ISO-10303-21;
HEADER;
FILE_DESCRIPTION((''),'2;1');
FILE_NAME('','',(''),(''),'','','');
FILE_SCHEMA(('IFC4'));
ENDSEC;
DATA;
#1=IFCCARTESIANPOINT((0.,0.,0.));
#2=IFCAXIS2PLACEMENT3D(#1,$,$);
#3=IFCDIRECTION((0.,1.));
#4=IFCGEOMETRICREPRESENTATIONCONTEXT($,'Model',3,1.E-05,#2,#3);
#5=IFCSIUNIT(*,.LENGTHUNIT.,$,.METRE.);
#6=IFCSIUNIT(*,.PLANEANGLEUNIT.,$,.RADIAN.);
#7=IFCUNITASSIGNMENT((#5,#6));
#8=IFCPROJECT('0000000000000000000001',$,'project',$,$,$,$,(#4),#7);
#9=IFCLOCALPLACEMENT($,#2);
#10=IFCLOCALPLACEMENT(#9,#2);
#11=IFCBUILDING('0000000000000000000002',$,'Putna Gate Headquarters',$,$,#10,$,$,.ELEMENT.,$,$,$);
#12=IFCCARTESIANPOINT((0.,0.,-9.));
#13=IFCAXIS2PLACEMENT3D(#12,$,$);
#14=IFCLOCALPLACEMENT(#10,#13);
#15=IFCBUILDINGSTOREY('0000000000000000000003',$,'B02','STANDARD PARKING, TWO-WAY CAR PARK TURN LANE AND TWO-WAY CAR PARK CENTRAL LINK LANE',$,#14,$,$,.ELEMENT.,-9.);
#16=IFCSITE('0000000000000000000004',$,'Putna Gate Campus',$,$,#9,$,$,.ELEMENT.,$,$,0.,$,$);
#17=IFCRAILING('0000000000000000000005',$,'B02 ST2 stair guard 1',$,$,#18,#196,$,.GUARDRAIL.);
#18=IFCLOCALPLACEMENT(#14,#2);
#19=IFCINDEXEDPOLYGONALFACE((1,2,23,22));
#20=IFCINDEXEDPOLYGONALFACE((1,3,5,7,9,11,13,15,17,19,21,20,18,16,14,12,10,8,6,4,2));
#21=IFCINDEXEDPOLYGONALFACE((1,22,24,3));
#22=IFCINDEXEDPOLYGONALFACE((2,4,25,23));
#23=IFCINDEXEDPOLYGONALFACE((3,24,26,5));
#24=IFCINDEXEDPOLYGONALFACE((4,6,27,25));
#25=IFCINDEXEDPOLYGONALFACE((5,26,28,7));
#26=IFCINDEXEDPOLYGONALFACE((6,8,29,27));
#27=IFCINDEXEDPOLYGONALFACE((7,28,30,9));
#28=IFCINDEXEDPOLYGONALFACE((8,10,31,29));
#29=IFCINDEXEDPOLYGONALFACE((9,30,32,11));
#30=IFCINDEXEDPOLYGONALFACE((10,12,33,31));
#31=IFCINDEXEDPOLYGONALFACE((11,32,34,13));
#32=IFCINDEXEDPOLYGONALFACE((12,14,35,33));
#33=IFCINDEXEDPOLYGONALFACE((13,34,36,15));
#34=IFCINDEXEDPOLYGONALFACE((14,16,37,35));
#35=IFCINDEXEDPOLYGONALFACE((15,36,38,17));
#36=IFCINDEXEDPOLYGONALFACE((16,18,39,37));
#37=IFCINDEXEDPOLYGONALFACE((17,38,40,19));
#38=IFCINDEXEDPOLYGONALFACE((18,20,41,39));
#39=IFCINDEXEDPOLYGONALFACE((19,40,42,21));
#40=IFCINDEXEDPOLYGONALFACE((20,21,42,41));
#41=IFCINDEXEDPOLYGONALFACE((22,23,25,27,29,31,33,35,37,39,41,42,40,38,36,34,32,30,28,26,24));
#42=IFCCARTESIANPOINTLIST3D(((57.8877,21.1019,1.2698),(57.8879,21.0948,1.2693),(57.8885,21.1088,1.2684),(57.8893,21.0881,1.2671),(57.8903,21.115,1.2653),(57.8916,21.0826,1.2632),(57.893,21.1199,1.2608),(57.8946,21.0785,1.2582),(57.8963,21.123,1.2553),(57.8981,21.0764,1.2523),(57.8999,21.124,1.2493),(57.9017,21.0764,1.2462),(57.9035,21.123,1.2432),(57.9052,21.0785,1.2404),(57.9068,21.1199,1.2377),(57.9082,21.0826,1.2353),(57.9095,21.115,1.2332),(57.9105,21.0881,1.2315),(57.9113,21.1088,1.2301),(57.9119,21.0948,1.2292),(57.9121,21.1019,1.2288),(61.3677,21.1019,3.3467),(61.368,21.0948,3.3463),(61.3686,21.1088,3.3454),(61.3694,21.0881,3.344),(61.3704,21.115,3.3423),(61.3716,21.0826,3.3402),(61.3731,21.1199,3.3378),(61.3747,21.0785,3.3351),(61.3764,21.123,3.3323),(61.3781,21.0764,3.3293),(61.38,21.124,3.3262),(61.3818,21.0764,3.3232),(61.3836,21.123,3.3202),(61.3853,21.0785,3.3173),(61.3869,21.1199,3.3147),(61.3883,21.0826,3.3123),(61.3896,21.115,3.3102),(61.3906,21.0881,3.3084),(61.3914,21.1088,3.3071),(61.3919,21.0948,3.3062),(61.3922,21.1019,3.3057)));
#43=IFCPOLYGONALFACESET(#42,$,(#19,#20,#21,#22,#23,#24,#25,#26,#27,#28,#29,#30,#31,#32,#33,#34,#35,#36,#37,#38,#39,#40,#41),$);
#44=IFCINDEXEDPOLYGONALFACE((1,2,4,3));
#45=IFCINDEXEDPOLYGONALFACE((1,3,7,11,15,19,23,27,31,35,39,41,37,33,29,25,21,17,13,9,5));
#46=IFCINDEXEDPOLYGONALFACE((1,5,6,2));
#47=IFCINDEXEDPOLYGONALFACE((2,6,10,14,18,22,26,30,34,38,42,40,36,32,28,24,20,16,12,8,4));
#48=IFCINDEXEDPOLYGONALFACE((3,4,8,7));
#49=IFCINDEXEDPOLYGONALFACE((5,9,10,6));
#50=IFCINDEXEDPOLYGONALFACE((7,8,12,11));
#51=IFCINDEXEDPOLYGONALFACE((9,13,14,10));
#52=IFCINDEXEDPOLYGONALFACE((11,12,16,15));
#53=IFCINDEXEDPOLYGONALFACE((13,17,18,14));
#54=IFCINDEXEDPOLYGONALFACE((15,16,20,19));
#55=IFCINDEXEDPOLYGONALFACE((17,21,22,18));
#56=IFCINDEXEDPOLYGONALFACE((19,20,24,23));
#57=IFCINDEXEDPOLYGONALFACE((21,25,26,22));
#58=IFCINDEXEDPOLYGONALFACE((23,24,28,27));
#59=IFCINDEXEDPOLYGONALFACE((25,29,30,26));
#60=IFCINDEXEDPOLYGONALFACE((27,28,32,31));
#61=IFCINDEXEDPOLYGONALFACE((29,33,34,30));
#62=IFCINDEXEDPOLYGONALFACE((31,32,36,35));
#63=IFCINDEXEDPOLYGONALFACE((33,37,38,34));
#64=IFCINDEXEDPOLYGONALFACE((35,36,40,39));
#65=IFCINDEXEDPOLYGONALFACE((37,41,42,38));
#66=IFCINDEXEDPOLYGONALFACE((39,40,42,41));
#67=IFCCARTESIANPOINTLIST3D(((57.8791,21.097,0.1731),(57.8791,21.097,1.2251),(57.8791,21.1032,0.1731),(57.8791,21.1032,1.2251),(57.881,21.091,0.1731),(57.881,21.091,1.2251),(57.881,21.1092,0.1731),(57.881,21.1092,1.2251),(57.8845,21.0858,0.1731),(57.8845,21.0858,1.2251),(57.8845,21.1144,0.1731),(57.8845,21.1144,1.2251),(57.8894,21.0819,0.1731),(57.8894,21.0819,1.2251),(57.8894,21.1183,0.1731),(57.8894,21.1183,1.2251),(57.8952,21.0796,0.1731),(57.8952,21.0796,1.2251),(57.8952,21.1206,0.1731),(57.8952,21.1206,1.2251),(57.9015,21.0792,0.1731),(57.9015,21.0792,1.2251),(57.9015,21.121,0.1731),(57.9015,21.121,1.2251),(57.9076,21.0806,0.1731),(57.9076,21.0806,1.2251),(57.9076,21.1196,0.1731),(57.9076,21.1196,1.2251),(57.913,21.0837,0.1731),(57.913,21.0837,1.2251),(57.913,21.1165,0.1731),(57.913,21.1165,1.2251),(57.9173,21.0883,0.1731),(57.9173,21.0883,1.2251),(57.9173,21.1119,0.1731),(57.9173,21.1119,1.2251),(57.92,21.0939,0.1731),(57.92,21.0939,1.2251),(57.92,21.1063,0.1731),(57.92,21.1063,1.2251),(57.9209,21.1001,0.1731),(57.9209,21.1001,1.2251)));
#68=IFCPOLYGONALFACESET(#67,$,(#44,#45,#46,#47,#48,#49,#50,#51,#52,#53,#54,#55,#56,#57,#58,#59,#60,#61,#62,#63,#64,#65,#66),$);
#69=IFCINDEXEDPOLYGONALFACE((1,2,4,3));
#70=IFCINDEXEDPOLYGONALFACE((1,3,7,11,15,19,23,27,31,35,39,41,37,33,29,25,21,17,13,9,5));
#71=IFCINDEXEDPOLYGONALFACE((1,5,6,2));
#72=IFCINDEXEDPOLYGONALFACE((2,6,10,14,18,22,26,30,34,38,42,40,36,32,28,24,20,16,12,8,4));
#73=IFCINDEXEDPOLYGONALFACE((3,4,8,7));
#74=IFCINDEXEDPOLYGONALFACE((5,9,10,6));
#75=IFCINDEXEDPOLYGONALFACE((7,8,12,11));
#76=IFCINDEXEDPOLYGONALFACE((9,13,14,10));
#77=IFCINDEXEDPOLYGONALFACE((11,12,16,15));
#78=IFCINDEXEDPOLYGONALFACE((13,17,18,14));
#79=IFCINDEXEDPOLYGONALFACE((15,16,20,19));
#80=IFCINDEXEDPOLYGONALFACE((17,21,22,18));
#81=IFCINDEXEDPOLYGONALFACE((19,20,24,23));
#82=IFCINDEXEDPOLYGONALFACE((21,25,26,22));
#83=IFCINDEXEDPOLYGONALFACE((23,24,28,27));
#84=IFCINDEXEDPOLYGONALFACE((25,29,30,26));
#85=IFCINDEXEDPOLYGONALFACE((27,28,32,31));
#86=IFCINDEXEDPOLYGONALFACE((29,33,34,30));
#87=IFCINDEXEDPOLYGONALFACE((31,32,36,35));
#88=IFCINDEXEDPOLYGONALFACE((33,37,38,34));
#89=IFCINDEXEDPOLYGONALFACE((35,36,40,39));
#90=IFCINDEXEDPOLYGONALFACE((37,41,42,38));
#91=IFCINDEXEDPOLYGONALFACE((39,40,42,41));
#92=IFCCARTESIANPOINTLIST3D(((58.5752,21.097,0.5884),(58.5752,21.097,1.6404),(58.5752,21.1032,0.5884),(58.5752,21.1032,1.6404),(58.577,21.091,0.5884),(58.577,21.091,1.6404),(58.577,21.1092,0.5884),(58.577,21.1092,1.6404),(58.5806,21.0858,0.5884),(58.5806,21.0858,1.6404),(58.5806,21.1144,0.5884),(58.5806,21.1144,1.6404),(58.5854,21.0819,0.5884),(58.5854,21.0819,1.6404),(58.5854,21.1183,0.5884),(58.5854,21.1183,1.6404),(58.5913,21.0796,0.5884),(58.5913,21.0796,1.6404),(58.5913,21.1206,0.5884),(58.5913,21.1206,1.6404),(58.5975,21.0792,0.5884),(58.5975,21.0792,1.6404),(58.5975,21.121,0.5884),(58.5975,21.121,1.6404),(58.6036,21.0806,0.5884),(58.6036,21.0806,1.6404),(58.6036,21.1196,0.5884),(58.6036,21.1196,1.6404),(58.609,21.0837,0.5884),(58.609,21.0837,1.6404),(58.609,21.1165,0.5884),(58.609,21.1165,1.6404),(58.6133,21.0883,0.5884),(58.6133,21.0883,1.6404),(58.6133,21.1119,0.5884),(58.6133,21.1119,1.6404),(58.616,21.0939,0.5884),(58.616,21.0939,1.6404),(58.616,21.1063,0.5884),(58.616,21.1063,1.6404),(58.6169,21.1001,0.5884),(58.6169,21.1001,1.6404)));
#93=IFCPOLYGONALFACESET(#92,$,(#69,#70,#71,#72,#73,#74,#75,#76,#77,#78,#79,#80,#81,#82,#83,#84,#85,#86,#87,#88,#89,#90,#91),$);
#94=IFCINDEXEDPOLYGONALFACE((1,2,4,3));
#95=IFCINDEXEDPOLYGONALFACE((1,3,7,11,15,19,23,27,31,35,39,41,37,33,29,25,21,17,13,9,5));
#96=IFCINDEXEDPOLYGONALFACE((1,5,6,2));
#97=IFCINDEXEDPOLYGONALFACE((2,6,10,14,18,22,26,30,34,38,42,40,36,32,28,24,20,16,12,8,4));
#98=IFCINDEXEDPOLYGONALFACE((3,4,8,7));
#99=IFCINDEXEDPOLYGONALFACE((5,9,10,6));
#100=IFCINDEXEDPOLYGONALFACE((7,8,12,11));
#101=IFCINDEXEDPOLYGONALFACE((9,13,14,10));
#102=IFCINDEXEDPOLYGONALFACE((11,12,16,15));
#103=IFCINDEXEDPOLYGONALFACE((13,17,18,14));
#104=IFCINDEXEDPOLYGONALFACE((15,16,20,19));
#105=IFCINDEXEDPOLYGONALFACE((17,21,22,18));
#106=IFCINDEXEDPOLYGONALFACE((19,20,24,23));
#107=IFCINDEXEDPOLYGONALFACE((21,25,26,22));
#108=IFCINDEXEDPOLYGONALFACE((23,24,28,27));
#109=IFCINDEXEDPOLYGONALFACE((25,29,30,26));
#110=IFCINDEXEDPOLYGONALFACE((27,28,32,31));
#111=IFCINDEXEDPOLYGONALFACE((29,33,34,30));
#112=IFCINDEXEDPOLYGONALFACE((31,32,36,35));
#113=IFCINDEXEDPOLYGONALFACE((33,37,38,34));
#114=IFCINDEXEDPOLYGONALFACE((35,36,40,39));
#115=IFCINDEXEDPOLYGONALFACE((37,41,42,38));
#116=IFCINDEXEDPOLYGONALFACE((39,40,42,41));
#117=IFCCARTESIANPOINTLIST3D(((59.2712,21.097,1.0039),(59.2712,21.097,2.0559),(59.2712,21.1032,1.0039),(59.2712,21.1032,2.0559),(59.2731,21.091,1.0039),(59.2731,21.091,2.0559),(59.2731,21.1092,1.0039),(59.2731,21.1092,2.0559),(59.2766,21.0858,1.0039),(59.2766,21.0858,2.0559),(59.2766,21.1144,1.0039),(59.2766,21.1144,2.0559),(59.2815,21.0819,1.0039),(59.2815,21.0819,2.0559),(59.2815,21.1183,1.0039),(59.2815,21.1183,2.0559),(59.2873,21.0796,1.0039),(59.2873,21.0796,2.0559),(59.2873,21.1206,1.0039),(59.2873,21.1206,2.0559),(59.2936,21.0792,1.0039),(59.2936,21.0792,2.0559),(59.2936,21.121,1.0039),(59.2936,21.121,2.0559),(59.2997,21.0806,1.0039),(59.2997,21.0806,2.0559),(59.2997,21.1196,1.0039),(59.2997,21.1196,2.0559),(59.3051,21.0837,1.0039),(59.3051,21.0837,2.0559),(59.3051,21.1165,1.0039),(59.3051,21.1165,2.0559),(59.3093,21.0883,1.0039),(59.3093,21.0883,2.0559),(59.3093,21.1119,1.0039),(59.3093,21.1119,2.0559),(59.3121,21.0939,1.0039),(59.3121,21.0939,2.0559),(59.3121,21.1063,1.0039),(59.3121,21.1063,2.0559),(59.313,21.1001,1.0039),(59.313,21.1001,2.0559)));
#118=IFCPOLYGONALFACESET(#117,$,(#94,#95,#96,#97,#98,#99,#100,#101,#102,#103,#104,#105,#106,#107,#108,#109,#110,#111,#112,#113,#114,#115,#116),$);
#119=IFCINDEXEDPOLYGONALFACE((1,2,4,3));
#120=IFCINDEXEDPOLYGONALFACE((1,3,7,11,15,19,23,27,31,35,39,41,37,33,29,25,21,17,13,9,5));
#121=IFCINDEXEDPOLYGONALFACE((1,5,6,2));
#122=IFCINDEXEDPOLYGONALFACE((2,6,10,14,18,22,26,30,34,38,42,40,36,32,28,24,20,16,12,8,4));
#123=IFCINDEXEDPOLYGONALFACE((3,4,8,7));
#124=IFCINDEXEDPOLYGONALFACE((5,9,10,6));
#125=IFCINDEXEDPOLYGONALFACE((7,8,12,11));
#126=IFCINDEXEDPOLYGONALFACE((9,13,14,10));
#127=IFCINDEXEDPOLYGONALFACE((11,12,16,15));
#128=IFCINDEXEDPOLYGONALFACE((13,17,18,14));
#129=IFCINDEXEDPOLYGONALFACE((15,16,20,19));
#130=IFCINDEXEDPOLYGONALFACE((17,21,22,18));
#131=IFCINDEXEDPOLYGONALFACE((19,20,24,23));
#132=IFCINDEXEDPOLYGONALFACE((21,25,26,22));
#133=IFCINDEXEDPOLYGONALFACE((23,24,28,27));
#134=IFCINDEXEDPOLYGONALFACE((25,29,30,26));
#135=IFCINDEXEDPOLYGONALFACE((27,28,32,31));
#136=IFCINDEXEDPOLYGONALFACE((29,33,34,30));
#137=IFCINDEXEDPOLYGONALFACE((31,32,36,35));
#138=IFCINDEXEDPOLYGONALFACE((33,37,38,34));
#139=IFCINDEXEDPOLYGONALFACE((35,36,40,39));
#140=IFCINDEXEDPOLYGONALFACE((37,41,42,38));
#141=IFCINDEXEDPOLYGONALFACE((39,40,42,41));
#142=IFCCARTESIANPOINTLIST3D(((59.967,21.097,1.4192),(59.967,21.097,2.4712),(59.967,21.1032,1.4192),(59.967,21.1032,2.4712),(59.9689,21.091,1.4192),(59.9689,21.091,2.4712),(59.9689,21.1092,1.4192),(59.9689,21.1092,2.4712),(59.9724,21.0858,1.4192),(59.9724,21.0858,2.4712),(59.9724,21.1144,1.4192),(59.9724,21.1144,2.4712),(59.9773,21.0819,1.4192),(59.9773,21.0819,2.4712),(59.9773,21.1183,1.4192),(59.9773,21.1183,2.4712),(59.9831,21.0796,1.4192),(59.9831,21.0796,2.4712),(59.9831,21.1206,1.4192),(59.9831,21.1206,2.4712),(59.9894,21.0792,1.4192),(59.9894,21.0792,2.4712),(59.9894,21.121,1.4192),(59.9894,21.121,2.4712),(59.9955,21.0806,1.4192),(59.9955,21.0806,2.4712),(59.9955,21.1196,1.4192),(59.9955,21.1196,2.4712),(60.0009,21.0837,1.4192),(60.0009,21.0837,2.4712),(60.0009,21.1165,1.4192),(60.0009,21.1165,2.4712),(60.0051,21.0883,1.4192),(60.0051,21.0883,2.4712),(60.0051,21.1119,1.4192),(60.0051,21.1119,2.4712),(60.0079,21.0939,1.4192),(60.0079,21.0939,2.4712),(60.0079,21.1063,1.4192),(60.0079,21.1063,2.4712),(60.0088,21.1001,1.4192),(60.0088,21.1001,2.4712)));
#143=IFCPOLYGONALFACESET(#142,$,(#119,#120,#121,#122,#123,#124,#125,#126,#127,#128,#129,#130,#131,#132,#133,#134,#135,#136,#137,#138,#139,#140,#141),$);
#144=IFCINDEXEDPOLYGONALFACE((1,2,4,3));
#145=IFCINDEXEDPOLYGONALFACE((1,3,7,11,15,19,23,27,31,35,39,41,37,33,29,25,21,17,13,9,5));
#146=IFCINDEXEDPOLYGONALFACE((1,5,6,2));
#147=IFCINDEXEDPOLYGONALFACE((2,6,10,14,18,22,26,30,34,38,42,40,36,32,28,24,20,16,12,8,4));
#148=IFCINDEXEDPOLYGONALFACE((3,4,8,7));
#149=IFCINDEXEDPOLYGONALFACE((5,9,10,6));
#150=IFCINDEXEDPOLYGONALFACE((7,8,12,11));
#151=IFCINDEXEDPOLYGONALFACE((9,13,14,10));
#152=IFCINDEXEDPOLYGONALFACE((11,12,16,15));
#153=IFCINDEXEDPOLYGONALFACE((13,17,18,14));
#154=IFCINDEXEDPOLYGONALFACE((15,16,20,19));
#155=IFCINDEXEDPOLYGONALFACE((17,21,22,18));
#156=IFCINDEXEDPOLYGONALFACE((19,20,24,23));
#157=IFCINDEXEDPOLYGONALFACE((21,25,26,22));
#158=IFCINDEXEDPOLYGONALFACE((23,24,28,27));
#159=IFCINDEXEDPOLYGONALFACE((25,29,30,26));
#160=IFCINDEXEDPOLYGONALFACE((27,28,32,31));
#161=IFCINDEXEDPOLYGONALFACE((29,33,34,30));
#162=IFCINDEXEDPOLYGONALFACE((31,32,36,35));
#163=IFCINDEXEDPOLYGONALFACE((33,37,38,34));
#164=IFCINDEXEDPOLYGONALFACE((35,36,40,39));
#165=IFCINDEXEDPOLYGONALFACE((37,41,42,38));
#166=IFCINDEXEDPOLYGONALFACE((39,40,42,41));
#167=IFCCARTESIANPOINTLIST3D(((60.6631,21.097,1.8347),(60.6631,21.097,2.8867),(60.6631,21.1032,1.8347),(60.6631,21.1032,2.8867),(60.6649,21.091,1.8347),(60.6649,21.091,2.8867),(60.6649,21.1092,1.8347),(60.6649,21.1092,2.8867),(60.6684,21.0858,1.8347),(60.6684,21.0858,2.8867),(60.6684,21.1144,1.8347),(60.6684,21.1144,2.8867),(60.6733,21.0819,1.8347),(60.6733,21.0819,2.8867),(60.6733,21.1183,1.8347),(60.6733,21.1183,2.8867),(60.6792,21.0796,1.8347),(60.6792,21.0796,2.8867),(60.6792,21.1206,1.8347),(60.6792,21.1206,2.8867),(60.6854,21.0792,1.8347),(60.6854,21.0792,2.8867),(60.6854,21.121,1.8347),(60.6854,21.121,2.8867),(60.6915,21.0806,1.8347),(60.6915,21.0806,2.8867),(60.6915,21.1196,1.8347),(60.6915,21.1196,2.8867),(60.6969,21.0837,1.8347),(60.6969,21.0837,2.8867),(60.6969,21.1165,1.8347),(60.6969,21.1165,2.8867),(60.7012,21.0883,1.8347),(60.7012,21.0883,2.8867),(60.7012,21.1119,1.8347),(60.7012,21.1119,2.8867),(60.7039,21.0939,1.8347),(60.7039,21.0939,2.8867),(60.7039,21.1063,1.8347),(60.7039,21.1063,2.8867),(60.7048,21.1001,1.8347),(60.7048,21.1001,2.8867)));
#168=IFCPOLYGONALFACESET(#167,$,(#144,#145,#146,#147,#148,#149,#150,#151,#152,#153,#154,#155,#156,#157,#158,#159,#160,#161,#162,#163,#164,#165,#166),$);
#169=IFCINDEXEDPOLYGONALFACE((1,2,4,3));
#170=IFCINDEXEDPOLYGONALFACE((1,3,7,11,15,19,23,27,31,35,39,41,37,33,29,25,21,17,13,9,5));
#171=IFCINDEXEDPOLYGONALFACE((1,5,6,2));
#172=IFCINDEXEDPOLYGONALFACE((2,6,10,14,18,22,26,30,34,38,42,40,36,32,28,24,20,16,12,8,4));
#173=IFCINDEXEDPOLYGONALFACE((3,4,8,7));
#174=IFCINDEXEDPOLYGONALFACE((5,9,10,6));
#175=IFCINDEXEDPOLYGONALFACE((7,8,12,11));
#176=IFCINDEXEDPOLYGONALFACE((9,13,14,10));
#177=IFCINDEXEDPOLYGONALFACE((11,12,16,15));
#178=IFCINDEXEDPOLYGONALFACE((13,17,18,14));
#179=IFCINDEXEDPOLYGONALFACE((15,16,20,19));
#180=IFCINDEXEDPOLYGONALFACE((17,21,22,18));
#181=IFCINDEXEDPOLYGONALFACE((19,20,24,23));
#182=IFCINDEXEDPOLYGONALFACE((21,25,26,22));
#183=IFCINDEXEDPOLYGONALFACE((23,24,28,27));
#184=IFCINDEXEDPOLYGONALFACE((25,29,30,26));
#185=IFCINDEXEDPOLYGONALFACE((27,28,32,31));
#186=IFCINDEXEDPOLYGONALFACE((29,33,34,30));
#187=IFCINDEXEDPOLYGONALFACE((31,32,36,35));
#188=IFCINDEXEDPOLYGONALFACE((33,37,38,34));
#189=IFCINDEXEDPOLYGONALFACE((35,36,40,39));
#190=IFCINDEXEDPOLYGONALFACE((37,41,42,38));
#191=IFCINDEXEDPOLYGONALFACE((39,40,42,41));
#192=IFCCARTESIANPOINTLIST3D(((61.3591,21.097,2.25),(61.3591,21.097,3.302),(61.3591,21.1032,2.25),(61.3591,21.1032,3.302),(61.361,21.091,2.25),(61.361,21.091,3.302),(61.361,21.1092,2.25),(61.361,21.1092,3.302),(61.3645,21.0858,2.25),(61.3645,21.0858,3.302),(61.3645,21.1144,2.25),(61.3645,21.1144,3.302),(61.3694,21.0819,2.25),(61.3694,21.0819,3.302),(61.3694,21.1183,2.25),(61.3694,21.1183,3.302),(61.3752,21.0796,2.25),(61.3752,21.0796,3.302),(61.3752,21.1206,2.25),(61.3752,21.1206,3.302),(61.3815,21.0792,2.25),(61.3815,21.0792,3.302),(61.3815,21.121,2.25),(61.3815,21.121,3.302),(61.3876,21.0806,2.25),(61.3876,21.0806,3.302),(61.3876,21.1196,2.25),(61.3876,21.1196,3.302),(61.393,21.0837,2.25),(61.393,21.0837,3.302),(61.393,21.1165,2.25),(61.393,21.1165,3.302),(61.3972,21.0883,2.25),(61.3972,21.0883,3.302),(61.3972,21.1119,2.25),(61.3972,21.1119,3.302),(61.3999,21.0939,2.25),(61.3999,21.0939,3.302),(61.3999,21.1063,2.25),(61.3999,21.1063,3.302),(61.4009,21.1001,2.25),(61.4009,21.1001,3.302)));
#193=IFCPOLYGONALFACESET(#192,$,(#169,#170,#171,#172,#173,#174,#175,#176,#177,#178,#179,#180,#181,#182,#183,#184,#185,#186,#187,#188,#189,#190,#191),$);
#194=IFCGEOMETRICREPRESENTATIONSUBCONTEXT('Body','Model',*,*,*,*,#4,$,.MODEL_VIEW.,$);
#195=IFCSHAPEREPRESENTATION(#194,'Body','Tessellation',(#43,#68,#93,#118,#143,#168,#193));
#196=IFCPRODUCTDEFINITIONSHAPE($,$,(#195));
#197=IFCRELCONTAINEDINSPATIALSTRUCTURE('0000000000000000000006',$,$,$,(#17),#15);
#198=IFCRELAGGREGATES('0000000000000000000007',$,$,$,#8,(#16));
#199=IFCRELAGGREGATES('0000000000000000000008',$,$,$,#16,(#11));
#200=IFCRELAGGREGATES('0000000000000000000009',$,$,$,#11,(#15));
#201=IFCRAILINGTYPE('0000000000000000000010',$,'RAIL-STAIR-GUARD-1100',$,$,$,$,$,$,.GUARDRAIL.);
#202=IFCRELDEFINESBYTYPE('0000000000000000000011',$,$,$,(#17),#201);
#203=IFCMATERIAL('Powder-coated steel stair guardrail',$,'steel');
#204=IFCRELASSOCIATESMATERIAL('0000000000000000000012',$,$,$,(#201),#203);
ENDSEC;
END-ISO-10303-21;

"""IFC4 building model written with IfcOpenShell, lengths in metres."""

from ifc_helpers import new_model, si_unit, direction, frame, origin, origin_2d, place, context, subcontext, project, spatial, circle, extrude, material, type_object, element, save


model = new_model("IFC4")

# Units and contexts
model_context = context("Model", 3, precision=1e-05, world=origin(), true_north=direction((0.0, 1.0)))
body_context = subcontext(model_context, "Body", "Model", "MODEL_VIEW")
ifc_project = project(units=[si_unit("LENGTHUNIT", "METRE"), si_unit("PLANEANGLEUNIT", "RADIAN")], contexts=[model_context])

# Site, building, storey
site_placement = place(None, origin())
site = spatial("IfcSite", under=ifc_project, at=site_placement, Name="Putna Gate Campus", CompositionType="ELEMENT", RefElevation=0.0)
building_placement = place(site_placement, origin())
building = spatial("IfcBuilding", under=site, at=building_placement, Name="Putna Gate Headquarters", CompositionType="ELEMENT")
storey_placement = place(building_placement, frame((0.0, 0.0, -9.0)))
storey = spatial("IfcBuildingStorey", under=building, at=storey_placement, Name="B02", Description="STANDARD PARKING, TWO-WAY CAR PARK TURN LANE AND TWO-WAY CAR PARK CENTRAL LINK LANE", CompositionType="ELEMENT", Elevation=-9.0)

# Railing
ifc_material_1 = material(Name="Powder-coated steel stair guardrail", Category="steel")
railing_type_1 = type_object("IfcRailingType", Name="RAIL-STAIR-GUARD-1100", PredefinedType="GUARDRAIL", material=ifc_material_1)
railing_1_placement = place(storey_placement, frame((57.8999, 21.1001, 0.1731)))
element("IfcRailing", 1, at=railing_1_placement, inside=storey, type_object=railing_type_1, Name="B02 ST2 stair guard 1", PredefinedType="GUARDRAIL", context=body_context, shape_type="SweptSolid", body=[
    extrude(circle(Radius=0.0239, at=origin_2d()), frame((0.0, 0.0, 1.0762), z_axis=(0.858697, 0.0, 0.512483), x_axis=(0.0, 1.0, 0.0)), (0.0, 0.0, 1.0), 4.0527),
    extrude(circle(Radius=0.021, at=origin_2d()), origin(), (0.0, 0.0, 1.0), 1.052),
    extrude(circle(Radius=0.021, at=origin_2d()), frame((0.696, 0.0, 0.4153)), (0.0, 0.0, 1.0), 1.052),
    extrude(circle(Radius=0.021, at=origin_2d()), frame((1.3921, 0.0, 0.8308)), (0.0, 0.0, 1.0), 1.052),
    extrude(circle(Radius=0.021, at=origin_2d()), frame((2.0879, 0.0, 1.2461)), (0.0, 0.0, 1.0), 1.052),
    extrude(circle(Radius=0.021, at=origin_2d()), frame((2.7839, 0.0, 1.6616)), (0.0, 0.0, 1.0), 1.052),
    extrude(circle(Radius=0.021, at=origin_2d()), frame((3.48, 0.0, 2.0769)), (0.0, 0.0, 1.0), 1.052),
])

save(model, "model.ifc")
